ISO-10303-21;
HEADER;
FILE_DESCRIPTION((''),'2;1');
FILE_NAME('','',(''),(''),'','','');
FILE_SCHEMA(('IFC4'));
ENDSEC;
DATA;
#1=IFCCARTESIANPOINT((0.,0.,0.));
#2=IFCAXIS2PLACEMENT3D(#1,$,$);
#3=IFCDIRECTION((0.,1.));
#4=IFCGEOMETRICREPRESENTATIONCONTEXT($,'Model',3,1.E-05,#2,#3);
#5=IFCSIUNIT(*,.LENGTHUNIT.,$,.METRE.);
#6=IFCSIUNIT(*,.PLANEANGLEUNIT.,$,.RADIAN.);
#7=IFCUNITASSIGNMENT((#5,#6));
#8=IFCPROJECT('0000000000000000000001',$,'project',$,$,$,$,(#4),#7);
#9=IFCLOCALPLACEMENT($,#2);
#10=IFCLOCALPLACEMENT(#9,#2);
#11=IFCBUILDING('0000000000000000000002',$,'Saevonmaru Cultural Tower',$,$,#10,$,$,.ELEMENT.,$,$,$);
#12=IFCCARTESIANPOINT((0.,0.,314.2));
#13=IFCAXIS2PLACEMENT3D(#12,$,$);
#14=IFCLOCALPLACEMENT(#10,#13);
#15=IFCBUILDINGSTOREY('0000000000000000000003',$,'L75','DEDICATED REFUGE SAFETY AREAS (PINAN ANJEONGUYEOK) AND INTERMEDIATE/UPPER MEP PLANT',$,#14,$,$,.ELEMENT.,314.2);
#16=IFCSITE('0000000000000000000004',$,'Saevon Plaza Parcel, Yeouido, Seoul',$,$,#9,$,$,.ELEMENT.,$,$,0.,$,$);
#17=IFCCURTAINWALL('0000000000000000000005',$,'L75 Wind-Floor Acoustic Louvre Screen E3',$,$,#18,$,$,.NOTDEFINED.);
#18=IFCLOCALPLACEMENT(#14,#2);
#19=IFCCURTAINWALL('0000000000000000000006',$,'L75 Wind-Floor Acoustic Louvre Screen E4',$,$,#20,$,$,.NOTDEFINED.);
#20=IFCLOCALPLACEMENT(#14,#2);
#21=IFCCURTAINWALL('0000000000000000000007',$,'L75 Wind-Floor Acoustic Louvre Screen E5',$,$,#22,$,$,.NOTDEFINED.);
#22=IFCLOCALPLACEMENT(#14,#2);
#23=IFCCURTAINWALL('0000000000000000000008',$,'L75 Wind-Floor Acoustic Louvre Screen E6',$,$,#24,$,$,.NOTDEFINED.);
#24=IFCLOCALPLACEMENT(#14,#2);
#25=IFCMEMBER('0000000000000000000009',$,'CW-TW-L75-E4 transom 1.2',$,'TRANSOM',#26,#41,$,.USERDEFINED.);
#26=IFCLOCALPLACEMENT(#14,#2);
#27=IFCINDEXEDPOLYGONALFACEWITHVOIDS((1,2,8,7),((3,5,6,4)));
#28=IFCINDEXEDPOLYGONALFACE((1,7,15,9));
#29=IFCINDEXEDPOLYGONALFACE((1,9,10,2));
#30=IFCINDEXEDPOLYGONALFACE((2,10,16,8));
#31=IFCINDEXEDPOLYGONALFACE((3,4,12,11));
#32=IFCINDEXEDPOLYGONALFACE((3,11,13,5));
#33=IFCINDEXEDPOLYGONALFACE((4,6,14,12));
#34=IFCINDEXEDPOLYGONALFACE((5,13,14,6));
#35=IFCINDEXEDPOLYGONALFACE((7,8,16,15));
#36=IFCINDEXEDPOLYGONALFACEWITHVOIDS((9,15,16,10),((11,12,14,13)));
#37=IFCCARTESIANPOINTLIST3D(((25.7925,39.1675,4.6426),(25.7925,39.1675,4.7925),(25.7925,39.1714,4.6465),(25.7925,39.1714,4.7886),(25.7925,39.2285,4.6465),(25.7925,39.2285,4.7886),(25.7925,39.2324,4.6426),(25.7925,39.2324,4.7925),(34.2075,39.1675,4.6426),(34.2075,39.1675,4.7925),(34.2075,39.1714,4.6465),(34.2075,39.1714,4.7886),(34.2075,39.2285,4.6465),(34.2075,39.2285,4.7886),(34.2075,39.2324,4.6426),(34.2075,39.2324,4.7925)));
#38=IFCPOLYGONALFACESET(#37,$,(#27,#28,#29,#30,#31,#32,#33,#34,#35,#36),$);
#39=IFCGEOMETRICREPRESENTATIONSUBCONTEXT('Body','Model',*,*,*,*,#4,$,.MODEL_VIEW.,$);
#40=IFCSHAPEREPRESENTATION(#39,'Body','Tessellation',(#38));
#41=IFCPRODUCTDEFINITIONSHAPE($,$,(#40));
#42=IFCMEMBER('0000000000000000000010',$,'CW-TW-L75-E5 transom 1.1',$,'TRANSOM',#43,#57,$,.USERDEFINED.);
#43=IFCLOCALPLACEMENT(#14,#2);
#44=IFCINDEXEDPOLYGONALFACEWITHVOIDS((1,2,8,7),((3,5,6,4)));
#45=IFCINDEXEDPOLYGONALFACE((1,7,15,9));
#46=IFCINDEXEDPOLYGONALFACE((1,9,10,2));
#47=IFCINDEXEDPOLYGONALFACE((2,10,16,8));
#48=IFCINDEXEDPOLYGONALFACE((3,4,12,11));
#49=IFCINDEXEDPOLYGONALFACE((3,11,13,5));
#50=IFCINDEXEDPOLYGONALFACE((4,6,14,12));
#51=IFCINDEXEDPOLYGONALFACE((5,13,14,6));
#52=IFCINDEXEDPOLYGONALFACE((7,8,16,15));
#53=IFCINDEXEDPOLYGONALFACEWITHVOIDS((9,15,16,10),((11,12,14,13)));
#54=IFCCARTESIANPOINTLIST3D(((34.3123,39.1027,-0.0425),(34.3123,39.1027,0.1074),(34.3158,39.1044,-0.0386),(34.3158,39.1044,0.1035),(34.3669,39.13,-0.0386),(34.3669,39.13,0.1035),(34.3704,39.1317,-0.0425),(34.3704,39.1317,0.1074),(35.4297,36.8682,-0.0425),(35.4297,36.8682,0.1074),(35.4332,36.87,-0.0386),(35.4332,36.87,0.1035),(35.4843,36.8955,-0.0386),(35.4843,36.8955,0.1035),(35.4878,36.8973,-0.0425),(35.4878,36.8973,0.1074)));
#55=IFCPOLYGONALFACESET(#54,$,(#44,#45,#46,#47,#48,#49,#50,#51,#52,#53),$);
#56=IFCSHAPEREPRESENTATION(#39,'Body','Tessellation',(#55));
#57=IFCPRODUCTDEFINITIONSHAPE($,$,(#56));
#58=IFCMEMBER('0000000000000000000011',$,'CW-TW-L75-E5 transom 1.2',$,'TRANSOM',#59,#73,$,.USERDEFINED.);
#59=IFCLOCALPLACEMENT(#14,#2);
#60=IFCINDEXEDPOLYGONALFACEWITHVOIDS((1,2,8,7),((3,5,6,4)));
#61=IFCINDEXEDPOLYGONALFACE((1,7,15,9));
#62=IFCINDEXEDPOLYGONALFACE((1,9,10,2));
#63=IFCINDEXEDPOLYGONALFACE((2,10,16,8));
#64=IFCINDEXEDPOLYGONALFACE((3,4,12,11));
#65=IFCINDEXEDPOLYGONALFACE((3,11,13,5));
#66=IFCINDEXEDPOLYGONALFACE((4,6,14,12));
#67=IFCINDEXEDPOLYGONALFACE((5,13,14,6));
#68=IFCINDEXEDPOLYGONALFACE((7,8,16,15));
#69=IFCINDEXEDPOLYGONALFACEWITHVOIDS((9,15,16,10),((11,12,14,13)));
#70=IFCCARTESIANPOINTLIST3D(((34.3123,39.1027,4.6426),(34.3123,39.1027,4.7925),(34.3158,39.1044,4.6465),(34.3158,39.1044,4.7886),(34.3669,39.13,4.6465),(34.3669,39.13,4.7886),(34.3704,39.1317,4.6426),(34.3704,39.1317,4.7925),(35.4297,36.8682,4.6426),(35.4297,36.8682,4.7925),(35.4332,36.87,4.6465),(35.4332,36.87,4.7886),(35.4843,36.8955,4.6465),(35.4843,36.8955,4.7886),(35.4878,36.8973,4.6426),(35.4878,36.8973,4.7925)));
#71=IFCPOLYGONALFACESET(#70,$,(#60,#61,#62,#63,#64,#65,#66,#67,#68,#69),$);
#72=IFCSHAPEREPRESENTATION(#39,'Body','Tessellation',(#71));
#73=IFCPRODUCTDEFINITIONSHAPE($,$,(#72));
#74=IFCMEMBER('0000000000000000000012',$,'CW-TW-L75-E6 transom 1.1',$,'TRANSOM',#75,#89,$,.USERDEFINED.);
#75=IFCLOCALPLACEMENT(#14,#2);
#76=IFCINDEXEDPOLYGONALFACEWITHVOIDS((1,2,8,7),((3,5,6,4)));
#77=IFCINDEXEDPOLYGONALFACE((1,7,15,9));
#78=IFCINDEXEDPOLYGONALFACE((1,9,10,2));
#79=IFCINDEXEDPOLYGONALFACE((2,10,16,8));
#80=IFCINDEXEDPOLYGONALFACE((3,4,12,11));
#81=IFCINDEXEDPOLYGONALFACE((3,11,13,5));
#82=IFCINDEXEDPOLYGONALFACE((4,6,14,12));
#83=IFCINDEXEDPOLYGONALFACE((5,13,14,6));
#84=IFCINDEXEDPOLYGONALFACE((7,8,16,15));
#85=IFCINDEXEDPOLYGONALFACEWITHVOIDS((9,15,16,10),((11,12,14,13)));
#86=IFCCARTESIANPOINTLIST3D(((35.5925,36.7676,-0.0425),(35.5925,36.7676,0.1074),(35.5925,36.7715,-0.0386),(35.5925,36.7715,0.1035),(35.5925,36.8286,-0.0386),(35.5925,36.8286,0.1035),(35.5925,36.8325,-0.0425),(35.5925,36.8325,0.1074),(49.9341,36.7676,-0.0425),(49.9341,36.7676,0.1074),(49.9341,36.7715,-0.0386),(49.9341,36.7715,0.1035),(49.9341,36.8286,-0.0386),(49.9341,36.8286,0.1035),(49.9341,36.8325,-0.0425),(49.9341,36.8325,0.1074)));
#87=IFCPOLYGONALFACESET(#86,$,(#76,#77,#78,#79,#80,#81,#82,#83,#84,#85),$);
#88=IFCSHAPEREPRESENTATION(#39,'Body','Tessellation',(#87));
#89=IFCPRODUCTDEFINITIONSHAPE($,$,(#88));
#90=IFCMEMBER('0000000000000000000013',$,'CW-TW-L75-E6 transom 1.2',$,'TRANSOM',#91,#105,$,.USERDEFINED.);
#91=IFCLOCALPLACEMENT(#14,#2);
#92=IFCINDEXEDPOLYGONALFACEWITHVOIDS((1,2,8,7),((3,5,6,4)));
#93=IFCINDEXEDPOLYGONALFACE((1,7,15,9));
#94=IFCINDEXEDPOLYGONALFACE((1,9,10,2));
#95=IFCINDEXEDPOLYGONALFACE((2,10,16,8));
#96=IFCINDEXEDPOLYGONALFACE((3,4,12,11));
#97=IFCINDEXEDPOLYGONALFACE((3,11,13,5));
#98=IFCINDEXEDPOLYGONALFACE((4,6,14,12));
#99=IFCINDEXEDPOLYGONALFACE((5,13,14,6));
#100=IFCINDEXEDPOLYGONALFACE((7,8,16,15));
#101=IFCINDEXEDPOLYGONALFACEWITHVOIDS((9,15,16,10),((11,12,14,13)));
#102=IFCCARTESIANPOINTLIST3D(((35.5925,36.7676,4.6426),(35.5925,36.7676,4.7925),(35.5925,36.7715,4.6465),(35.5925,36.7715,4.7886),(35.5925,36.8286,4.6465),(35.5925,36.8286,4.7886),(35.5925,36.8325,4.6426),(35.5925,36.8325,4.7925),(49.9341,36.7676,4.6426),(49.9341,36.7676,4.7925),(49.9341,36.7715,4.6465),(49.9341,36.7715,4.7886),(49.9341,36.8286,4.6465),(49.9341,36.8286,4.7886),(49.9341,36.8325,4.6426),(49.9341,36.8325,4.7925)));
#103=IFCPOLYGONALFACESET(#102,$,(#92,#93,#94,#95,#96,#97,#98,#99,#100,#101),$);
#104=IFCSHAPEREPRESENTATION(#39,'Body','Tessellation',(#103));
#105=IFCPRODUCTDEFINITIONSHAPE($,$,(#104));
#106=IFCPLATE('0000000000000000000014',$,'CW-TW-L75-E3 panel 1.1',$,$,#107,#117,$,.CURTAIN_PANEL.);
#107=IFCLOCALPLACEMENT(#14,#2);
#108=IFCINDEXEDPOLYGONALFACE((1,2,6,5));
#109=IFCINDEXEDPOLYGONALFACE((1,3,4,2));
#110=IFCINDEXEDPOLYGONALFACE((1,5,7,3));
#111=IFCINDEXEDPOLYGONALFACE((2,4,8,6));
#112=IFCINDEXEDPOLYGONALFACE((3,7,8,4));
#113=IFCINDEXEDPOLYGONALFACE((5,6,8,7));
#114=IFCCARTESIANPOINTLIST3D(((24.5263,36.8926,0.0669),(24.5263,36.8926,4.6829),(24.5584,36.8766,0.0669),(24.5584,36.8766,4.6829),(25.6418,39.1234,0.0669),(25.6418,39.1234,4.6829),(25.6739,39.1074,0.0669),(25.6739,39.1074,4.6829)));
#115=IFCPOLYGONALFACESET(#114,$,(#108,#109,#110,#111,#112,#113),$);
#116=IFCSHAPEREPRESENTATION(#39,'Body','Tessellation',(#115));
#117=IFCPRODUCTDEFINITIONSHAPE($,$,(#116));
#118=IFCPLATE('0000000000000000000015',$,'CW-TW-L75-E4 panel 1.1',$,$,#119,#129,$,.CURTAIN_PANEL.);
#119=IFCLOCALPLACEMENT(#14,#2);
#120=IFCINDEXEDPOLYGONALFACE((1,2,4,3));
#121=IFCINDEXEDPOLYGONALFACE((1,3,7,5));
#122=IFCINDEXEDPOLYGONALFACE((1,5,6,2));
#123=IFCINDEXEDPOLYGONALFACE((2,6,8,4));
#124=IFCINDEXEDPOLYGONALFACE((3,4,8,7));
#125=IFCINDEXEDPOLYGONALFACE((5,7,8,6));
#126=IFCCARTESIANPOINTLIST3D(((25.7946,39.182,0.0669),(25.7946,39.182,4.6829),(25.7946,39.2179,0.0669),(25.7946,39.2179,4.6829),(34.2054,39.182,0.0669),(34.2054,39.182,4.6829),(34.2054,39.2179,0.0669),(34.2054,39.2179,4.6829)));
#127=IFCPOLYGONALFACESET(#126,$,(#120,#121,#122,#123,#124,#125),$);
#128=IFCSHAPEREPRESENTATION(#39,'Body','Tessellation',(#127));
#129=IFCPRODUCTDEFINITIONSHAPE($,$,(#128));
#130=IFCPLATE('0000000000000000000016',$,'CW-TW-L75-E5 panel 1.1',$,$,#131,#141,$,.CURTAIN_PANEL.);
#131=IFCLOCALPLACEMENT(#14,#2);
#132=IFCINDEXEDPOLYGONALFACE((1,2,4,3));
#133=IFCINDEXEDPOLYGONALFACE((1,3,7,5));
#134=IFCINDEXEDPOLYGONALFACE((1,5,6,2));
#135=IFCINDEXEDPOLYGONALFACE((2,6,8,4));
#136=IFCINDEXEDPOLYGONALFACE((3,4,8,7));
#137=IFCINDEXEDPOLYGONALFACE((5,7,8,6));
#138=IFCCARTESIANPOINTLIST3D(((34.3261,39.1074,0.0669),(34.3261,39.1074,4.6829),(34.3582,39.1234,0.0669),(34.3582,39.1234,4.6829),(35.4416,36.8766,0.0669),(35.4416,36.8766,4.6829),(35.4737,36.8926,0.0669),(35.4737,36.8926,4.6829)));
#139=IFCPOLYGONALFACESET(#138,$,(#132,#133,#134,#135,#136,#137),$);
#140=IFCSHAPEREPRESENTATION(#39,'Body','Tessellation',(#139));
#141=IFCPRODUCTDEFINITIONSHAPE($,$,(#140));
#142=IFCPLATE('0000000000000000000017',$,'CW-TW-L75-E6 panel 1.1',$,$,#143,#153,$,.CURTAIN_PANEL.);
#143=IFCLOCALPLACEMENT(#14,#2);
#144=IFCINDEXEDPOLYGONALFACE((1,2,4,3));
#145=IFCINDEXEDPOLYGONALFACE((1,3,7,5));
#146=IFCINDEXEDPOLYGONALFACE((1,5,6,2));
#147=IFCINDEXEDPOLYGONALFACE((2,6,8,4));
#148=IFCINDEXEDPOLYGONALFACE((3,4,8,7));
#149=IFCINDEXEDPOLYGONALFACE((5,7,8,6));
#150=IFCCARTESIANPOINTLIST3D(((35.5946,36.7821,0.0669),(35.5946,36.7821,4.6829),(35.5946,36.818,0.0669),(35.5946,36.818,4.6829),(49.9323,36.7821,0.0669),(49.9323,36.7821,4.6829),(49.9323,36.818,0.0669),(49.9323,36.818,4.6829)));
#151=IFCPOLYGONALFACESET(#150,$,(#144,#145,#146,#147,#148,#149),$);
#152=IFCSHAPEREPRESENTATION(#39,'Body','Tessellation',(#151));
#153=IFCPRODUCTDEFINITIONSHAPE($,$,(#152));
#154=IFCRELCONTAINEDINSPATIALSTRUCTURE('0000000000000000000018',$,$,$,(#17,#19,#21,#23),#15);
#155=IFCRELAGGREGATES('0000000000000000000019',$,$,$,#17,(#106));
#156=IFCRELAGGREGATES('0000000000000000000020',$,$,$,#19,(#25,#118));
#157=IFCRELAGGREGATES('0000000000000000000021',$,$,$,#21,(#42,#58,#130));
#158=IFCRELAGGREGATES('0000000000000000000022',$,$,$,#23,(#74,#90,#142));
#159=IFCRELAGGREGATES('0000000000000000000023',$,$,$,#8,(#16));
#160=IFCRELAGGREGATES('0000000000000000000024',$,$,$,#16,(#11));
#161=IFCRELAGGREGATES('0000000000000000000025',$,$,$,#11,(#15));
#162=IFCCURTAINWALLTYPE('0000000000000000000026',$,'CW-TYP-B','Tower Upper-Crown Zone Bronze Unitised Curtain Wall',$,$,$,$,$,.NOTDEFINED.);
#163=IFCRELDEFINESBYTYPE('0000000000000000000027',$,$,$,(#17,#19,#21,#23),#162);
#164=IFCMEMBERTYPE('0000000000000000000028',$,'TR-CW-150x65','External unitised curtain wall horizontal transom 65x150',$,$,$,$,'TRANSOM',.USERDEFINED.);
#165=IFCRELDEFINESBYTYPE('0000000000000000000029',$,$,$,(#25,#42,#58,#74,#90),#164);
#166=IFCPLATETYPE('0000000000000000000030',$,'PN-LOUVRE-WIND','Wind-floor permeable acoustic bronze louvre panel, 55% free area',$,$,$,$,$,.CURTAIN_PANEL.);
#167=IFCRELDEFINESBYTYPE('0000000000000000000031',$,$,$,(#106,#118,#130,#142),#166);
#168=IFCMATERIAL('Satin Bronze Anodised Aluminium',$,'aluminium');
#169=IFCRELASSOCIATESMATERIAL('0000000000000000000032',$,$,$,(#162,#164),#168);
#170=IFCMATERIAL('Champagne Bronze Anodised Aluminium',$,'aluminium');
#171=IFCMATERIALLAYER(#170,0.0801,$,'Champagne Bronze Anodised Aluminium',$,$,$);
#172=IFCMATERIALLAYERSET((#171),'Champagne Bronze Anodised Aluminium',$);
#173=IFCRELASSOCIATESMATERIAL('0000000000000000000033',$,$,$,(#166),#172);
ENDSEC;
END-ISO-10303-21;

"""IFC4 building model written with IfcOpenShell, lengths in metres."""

from ifc_helpers import new_model, si_unit, direction, frame, origin, origin_2d, place, context, subcontext, project, spatial, rectangle, hollow_rectangle, extrude, material, layer, layer_set, material_profile, profile_set, type_object, element, aggregate, save


model = new_model("IFC4")

# Units and contexts
model_context = context("Model", 3, precision=1e-05, world=origin(), true_north=direction((0.0, 1.0)))
body_context = subcontext(model_context, "Body", "Model", "MODEL_VIEW")
ifc_project = project(units=[si_unit("LENGTHUNIT", "METRE"), si_unit("PLANEANGLEUNIT", "RADIAN")], contexts=[model_context])

# Site, building, storey
site_placement = place(None, origin())
site = spatial("IfcSite", under=ifc_project, at=site_placement, Name="Saevon Plaza Parcel, Yeouido, Seoul", CompositionType="ELEMENT", RefElevation=0.0)
building_placement = place(site_placement, origin())
building = spatial("IfcBuilding", under=site, at=building_placement, Name="Saevonmaru Cultural Tower", CompositionType="ELEMENT")
storey_placement = place(building_placement, frame((0.0, 0.0, 314.2)))
storey = spatial("IfcBuildingStorey", under=building, at=storey_placement, Name="L75", Description="DEDICATED REFUGE SAFETY AREAS (PINAN ANJEONGUYEOK) AND INTERMEDIATE/UPPER MEP PLANT", CompositionType="ELEMENT", Elevation=314.2)

# Curtain wall
ifc_material_1 = material(Name="Satin Bronze Anodised Aluminium", Category="aluminium")
curtain_wall_type = type_object("IfcCurtainWallType", Name="CW-TYP-B", Description="Tower Upper-Crown Zone Bronze Unitised Curtain Wall", PredefinedType="NOTDEFINED", material=ifc_material_1)
curtain_wall_1_placement = place(storey_placement, origin())
curtain_wall_1 = element("IfcCurtainWall", 1, at=curtain_wall_1_placement, inside=storey, type_object=curtain_wall_type, Name="L75 Wind-Floor Acoustic Louvre Screen E3", PredefinedType="NOTDEFINED")

# Curtain walls
curtain_wall_2_placement = place(storey_placement, origin())
curtain_wall_2 = element("IfcCurtainWall", 2, at=curtain_wall_2_placement, inside=storey, type_object=curtain_wall_type, Name="L75 Wind-Floor Acoustic Louvre Screen E4", PredefinedType="NOTDEFINED")
curtain_wall_3_placement = place(storey_placement, origin())
curtain_wall_3 = element("IfcCurtainWall", 3, at=curtain_wall_3_placement, inside=storey, type_object=curtain_wall_type, Name="L75 Wind-Floor Acoustic Louvre Screen E5", PredefinedType="NOTDEFINED")

# Curtain wall
curtain_wall_4_placement = place(storey_placement, origin())
curtain_wall_4 = element("IfcCurtainWall", 4, at=curtain_wall_4_placement, inside=storey, type_object=curtain_wall_type, Name="L75 Wind-Floor Acoustic Louvre Screen E6", PredefinedType="NOTDEFINED")

# Members
ifc_material_profile_1 = material_profile(ifc_material_1, hollow_rectangle(XDim=0.0649, YDim=0.1499, WallThickness=0.0039, at=origin_2d()), Name="ALU-TRAN-150x65x4")
ifc_profile_set_1 = profile_set([ifc_material_profile_1], Name="Satin Bronze Anodised Aluminium")
member_type_1 = type_object("IfcMemberType", Name="TR-CW-150x65", Description="External unitised curtain wall horizontal transom 65x150", ElementType="TRANSOM", PredefinedType="USERDEFINED", material=ifc_profile_set_1)
member_1_placement = place(storey_placement, frame((25.7925, 39.2, 4.7175), z_axis=(1.0, 0.0, 0.0), x_axis=(0.0, 1.0, 0.0)))
member_1 = element("IfcMember", 5, at=member_1_placement, type_object=member_type_1, Name="CW-TW-L75-E4 transom 1.2", ObjectType="TRANSOM", PredefinedType="USERDEFINED", context=body_context, shape_type="SweptSolid", body=[
    extrude(hollow_rectangle(XDim=0.0649, YDim=0.1499, WallThickness=0.0039, at=origin_2d()), origin(), (0.0, 0.0, 1.0), 8.415),
])
member_2_placement = place(storey_placement, frame((34.3413, 39.1172, 0.0325), z_axis=(0.447292, -0.894388, 0.0), x_axis=(0.894388, 0.447292, 0.0)))
member_2 = element("IfcMember", 6, at=member_2_placement, type_object=member_type_1, Name="CW-TW-L75-E5 transom 1.1", ObjectType="TRANSOM", PredefinedType="USERDEFINED", context=body_context, shape_type="SweptSolid", body=[
    extrude(hollow_rectangle(XDim=0.0649, YDim=0.1499, WallThickness=0.0039, at=origin_2d()), origin(), (0.0, 0.0, 1.0), 2.4983),
])
member_3_placement = place(storey_placement, frame((34.3413, 39.1172, 4.7175), z_axis=(0.447292, -0.894388, 0.0), x_axis=(0.894388, 0.447292, 0.0)))
member_3 = element("IfcMember", 7, at=member_3_placement, type_object=member_type_1, Name="CW-TW-L75-E5 transom 1.2", ObjectType="TRANSOM", PredefinedType="USERDEFINED", context=body_context, shape_type="SweptSolid", body=[
    extrude(hollow_rectangle(XDim=0.0649, YDim=0.1499, WallThickness=0.0039, at=origin_2d()), origin(), (0.0, 0.0, 1.0), 2.4983),
])
member_4_placement = place(storey_placement, frame((35.5925, 36.8, 0.0325), z_axis=(1.0, 0.0, 0.0), x_axis=(0.0, 1.0, 0.0)))
member_4 = element("IfcMember", 8, at=member_4_placement, type_object=member_type_1, Name="CW-TW-L75-E6 transom 1.1", ObjectType="TRANSOM", PredefinedType="USERDEFINED", context=body_context, shape_type="SweptSolid", body=[
    extrude(hollow_rectangle(XDim=0.0649, YDim=0.1499, WallThickness=0.0039, at=origin_2d()), origin(), (0.0, 0.0, 1.0), 14.3416),
])
member_5_placement = place(storey_placement, frame((35.5925, 36.8, 4.7175), z_axis=(1.0, 0.0, 0.0), x_axis=(0.0, 1.0, 0.0)))
member_5 = element("IfcMember", 9, at=member_5_placement, type_object=member_type_1, Name="CW-TW-L75-E6 transom 1.2", ObjectType="TRANSOM", PredefinedType="USERDEFINED", context=body_context, shape_type="SweptSolid", body=[
    extrude(hollow_rectangle(XDim=0.0649, YDim=0.1499, WallThickness=0.0039, at=origin_2d()), origin(), (0.0, 0.0, 1.0), 14.3416),
])

# Plates
ifc_material_2 = material(Name="Champagne Bronze Anodised Aluminium", Category="aluminium")
ifc_layer_1 = layer(ifc_material_2, 0.0801, Name="Champagne Bronze Anodised Aluminium")
ifc_layer_set_1 = layer_set([ifc_layer_1], Name="Champagne Bronze Anodised Aluminium")
plate_type = type_object("IfcPlateType", Name="PN-LOUVRE-WIND", Description="Wind-floor permeable acoustic bronze louvre panel, 55% free area", PredefinedType="CURTAIN_PANEL", material=ifc_layer_set_1)
plate_1_placement = place(storey_placement, frame((25.1001, 38.0, 0.0669), z_axis=(0.0, 0.0, 1.0), x_axis=(0.447245, 0.894412, 0.0)))
plate_1 = element("IfcPlate", 10, at=plate_1_placement, type_object=plate_type, Name="CW-TW-L75-E3 panel 1.1", PredefinedType="CURTAIN_PANEL", context=body_context, shape_type="SweptSolid", body=[
    extrude(rectangle(XDim=2.4941, YDim=0.0359, at=origin_2d()), origin(), (0.0, 0.0, 1.0), 4.616),
])
aggregate(curtain_wall_1, [plate_1])
plate_2_placement = place(storey_placement, frame((30.0, 39.2, 0.0669), z_axis=(0.0, 0.0, 1.0), x_axis=(1.0, 0.0, 0.0)))
plate_2 = element("IfcPlate", 11, at=plate_2_placement, type_object=plate_type, Name="CW-TW-L75-E4 panel 1.1", PredefinedType="CURTAIN_PANEL", context=body_context, shape_type="SweptSolid", body=[
    extrude(rectangle(XDim=8.4109, YDim=0.0359, at=origin_2d()), origin(), (0.0, 0.0, 1.0), 4.616),
])
aggregate(curtain_wall_2, [member_1, plate_2])
plate_3_placement = place(storey_placement, frame((34.8999, 38.0, 0.0669), z_axis=(0.0, 0.0, 1.0), x_axis=(0.447245, -0.894412, 0.0)))
plate_3 = element("IfcPlate", 12, at=plate_3_placement, type_object=plate_type, Name="CW-TW-L75-E5 panel 1.1", PredefinedType="CURTAIN_PANEL", context=body_context, shape_type="SweptSolid", body=[
    extrude(rectangle(XDim=2.4941, YDim=0.0359, at=origin_2d()), origin(), (0.0, 0.0, 1.0), 4.616),
])
aggregate(curtain_wall_3, [member_2, member_3, plate_3])
plate_4_placement = place(storey_placement, frame((42.7634, 36.8, 0.0669), z_axis=(0.0, 0.0, 1.0), x_axis=(1.0, 0.0, 0.0)))
plate_4 = element("IfcPlate", 13, at=plate_4_placement, type_object=plate_type, Name="CW-TW-L75-E6 panel 1.1", PredefinedType="CURTAIN_PANEL", context=body_context, shape_type="SweptSolid", body=[
    extrude(rectangle(XDim=14.3376, YDim=0.0359, at=origin_2d()), origin(), (0.0, 0.0, 1.0), 4.616),
])
aggregate(curtain_wall_4, [member_4, member_5, plate_4])

save(model, "model.ifc")
